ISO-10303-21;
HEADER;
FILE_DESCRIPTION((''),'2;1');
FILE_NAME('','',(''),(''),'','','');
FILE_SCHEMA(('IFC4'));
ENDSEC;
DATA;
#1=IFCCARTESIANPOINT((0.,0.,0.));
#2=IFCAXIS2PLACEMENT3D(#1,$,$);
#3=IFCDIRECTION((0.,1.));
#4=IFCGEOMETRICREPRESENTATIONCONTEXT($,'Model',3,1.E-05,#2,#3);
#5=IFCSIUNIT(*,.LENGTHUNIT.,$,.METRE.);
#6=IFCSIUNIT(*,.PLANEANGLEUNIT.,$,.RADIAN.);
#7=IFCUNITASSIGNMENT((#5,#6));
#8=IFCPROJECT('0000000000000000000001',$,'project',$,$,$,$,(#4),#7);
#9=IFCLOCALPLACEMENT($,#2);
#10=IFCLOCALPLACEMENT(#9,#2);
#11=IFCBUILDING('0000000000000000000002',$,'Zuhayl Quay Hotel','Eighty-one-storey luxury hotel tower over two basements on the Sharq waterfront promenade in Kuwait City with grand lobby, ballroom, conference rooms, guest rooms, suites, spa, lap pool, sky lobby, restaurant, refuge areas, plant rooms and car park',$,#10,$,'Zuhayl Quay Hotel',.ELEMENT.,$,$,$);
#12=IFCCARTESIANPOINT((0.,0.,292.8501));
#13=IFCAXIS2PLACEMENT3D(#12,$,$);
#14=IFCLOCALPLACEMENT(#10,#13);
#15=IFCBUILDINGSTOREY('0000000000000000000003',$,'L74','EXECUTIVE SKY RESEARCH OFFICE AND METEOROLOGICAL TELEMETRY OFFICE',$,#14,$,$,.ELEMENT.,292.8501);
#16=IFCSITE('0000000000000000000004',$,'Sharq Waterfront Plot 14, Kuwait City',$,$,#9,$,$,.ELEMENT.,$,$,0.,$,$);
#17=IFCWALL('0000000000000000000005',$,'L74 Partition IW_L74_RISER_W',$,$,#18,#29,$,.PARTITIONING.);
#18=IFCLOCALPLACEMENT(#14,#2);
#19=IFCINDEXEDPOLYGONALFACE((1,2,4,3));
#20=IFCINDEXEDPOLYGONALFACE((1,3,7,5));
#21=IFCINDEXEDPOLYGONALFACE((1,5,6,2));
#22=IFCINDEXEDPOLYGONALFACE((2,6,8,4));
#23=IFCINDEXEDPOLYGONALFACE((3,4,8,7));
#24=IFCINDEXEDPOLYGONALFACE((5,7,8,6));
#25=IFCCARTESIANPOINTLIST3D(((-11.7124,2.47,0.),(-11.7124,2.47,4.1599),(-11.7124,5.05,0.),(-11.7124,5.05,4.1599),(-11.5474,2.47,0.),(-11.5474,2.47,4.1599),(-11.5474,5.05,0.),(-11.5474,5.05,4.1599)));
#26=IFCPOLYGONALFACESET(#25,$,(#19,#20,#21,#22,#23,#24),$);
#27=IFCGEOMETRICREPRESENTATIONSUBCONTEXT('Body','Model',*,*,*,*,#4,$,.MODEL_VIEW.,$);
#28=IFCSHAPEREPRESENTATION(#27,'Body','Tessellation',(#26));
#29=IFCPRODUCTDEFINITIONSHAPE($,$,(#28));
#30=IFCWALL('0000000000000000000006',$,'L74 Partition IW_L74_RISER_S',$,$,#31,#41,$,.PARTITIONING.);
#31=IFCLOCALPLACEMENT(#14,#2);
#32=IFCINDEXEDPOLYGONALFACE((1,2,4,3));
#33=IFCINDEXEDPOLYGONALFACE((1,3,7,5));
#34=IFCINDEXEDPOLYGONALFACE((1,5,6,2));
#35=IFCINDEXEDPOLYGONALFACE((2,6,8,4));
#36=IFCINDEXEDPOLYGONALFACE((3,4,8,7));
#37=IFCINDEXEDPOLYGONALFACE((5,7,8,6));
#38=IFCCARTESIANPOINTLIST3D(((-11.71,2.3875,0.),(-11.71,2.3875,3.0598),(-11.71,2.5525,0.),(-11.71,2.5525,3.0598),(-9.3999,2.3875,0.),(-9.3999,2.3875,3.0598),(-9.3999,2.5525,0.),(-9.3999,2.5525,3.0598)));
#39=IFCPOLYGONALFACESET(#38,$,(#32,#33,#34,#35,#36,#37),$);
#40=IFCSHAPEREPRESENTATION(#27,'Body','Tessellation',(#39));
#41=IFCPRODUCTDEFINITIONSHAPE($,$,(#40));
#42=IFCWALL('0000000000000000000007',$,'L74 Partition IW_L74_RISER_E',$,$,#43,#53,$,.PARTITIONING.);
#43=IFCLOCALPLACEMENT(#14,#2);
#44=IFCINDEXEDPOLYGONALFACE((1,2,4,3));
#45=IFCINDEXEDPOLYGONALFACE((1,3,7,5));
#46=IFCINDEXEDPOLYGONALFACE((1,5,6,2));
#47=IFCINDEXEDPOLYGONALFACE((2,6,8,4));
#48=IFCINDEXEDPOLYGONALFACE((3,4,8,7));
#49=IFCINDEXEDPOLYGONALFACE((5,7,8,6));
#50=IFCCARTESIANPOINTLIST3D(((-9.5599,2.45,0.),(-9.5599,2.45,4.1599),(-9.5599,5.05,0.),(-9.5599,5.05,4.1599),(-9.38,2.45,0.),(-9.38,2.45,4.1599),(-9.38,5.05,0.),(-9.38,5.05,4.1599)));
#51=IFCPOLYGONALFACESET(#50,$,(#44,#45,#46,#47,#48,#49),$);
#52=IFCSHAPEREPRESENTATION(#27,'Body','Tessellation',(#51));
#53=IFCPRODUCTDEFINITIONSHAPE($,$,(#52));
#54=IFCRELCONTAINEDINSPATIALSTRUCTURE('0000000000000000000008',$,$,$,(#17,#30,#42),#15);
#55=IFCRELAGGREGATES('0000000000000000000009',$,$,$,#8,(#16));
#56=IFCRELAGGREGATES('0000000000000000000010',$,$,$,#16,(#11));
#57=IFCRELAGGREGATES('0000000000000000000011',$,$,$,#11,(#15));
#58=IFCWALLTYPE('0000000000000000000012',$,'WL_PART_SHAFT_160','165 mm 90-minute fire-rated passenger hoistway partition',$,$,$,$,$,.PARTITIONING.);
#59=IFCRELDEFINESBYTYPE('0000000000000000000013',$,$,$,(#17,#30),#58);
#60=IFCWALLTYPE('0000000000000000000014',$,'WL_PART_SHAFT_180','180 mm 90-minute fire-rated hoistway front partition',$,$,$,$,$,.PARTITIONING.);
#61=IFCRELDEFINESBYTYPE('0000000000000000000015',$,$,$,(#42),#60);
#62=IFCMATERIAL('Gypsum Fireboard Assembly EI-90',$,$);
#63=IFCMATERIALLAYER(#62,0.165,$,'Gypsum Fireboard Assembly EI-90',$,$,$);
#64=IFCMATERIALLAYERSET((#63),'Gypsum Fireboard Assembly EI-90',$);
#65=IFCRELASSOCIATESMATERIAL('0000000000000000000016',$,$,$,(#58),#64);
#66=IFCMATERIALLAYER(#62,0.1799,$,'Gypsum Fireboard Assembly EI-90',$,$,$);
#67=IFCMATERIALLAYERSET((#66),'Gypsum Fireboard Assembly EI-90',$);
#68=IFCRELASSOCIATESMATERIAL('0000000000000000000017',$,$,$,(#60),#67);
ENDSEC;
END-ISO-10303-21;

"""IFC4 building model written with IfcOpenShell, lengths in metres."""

from ifc_helpers import new_model, si_unit, direction, frame, frame_2d, origin, place, context, subcontext, project, spatial, rectangle, extrude, material, layer, layer_set, type_object, element, save


model = new_model("IFC4")

# Units and contexts
model_context = context("Model", 3, precision=1e-05, world=origin(), true_north=direction((0.0, 1.0)))
body_context = subcontext(model_context, "Body", "Model", "MODEL_VIEW")
ifc_project = project(units=[si_unit("LENGTHUNIT", "METRE"), si_unit("PLANEANGLEUNIT", "RADIAN")], contexts=[model_context])

# Site, building, storey
site_placement = place(None, origin())
site = spatial("IfcSite", under=ifc_project, at=site_placement, Name="Sharq Waterfront Plot 14, Kuwait City", CompositionType="ELEMENT", RefElevation=0.0)
building_placement = place(site_placement, origin())
building = spatial("IfcBuilding", under=site, at=building_placement, Name="Zuhayl Quay Hotel", Description="Eighty-one-storey luxury hotel tower over two basements on the Sharq waterfront promenade in Kuwait City with grand lobby, ballroom, conference rooms, guest rooms, suites, spa, lap pool, sky lobby, restaurant, refuge areas, plant rooms and car park", LongName="Zuhayl Quay Hotel", CompositionType="ELEMENT")
storey_placement = place(building_placement, frame((0.0, 0.0, 292.8501)))
storey = spatial("IfcBuildingStorey", under=building, at=storey_placement, Name="L74", Description="EXECUTIVE SKY RESEARCH OFFICE AND METEOROLOGICAL TELEMETRY OFFICE", CompositionType="ELEMENT", Elevation=292.8501)

# Walls
ifc_material_1 = material(Name="Gypsum Fireboard Assembly EI-90")
ifc_layer_1 = layer(ifc_material_1, 0.165, Name="Gypsum Fireboard Assembly EI-90")
ifc_layer_set_1 = layer_set([ifc_layer_1], Name="Gypsum Fireboard Assembly EI-90")
wall_type_1 = type_object("IfcWallType", Name="WL_PART_SHAFT_160", Description="165 mm 90-minute fire-rated passenger hoistway partition", PredefinedType="PARTITIONING", material=ifc_layer_set_1)
wall_1_placement = place(storey_placement, frame((-11.6299, 2.47, 0.0), z_axis=(0.0, 0.0, 1.0), x_axis=(0.0, 1.0, 0.0)))
element("IfcWall", 1, at=wall_1_placement, inside=storey, type_object=wall_type_1, Name="L74 Partition IW_L74_RISER_W", PredefinedType="PARTITIONING", context=body_context, shape_type="SweptSolid", body=[
    extrude(rectangle(XDim=2.5801, YDim=0.165, at=frame_2d((1.29, 0.0))), origin(), (0.0, 0.0, 1.0), 4.1599),
])
wall_2_placement = place(storey_placement, frame((-11.71, 2.47, 0.0), z_axis=(0.0, 0.0, 1.0), x_axis=(1.0, 0.0, 0.0)))
element("IfcWall", 2, at=wall_2_placement, inside=storey, type_object=wall_type_1, Name="L74 Partition IW_L74_RISER_S", PredefinedType="PARTITIONING", context=body_context, shape_type="SweptSolid", body=[
    extrude(rectangle(XDim=2.3101, YDim=0.165, at=frame_2d((1.155, 0.0))), origin(), (0.0, 0.0, 1.0), 3.0598),
])
ifc_layer_2 = layer(ifc_material_1, 0.1799, Name="Gypsum Fireboard Assembly EI-90")
ifc_layer_set_2 = layer_set([ifc_layer_2], Name="Gypsum Fireboard Assembly EI-90")
wall_type_2 = type_object("IfcWallType", Name="WL_PART_SHAFT_180", Description="180 mm 90-minute fire-rated hoistway front partition", PredefinedType="PARTITIONING", material=ifc_layer_set_2)
wall_3_placement = place(storey_placement, frame((-9.47, 2.45, 0.0), z_axis=(0.0, 0.0, 1.0), x_axis=(0.0, 1.0, 0.0)))
element("IfcWall", 3, at=wall_3_placement, inside=storey, type_object=wall_type_2, Name="L74 Partition IW_L74_RISER_E", PredefinedType="PARTITIONING", context=body_context, shape_type="SweptSolid", body=[
    extrude(rectangle(XDim=2.6001, YDim=0.1799, at=frame_2d((1.3, 0.0))), origin(), (0.0, 0.0, 1.0), 4.1599),
])

save(model, "model.ifc")
